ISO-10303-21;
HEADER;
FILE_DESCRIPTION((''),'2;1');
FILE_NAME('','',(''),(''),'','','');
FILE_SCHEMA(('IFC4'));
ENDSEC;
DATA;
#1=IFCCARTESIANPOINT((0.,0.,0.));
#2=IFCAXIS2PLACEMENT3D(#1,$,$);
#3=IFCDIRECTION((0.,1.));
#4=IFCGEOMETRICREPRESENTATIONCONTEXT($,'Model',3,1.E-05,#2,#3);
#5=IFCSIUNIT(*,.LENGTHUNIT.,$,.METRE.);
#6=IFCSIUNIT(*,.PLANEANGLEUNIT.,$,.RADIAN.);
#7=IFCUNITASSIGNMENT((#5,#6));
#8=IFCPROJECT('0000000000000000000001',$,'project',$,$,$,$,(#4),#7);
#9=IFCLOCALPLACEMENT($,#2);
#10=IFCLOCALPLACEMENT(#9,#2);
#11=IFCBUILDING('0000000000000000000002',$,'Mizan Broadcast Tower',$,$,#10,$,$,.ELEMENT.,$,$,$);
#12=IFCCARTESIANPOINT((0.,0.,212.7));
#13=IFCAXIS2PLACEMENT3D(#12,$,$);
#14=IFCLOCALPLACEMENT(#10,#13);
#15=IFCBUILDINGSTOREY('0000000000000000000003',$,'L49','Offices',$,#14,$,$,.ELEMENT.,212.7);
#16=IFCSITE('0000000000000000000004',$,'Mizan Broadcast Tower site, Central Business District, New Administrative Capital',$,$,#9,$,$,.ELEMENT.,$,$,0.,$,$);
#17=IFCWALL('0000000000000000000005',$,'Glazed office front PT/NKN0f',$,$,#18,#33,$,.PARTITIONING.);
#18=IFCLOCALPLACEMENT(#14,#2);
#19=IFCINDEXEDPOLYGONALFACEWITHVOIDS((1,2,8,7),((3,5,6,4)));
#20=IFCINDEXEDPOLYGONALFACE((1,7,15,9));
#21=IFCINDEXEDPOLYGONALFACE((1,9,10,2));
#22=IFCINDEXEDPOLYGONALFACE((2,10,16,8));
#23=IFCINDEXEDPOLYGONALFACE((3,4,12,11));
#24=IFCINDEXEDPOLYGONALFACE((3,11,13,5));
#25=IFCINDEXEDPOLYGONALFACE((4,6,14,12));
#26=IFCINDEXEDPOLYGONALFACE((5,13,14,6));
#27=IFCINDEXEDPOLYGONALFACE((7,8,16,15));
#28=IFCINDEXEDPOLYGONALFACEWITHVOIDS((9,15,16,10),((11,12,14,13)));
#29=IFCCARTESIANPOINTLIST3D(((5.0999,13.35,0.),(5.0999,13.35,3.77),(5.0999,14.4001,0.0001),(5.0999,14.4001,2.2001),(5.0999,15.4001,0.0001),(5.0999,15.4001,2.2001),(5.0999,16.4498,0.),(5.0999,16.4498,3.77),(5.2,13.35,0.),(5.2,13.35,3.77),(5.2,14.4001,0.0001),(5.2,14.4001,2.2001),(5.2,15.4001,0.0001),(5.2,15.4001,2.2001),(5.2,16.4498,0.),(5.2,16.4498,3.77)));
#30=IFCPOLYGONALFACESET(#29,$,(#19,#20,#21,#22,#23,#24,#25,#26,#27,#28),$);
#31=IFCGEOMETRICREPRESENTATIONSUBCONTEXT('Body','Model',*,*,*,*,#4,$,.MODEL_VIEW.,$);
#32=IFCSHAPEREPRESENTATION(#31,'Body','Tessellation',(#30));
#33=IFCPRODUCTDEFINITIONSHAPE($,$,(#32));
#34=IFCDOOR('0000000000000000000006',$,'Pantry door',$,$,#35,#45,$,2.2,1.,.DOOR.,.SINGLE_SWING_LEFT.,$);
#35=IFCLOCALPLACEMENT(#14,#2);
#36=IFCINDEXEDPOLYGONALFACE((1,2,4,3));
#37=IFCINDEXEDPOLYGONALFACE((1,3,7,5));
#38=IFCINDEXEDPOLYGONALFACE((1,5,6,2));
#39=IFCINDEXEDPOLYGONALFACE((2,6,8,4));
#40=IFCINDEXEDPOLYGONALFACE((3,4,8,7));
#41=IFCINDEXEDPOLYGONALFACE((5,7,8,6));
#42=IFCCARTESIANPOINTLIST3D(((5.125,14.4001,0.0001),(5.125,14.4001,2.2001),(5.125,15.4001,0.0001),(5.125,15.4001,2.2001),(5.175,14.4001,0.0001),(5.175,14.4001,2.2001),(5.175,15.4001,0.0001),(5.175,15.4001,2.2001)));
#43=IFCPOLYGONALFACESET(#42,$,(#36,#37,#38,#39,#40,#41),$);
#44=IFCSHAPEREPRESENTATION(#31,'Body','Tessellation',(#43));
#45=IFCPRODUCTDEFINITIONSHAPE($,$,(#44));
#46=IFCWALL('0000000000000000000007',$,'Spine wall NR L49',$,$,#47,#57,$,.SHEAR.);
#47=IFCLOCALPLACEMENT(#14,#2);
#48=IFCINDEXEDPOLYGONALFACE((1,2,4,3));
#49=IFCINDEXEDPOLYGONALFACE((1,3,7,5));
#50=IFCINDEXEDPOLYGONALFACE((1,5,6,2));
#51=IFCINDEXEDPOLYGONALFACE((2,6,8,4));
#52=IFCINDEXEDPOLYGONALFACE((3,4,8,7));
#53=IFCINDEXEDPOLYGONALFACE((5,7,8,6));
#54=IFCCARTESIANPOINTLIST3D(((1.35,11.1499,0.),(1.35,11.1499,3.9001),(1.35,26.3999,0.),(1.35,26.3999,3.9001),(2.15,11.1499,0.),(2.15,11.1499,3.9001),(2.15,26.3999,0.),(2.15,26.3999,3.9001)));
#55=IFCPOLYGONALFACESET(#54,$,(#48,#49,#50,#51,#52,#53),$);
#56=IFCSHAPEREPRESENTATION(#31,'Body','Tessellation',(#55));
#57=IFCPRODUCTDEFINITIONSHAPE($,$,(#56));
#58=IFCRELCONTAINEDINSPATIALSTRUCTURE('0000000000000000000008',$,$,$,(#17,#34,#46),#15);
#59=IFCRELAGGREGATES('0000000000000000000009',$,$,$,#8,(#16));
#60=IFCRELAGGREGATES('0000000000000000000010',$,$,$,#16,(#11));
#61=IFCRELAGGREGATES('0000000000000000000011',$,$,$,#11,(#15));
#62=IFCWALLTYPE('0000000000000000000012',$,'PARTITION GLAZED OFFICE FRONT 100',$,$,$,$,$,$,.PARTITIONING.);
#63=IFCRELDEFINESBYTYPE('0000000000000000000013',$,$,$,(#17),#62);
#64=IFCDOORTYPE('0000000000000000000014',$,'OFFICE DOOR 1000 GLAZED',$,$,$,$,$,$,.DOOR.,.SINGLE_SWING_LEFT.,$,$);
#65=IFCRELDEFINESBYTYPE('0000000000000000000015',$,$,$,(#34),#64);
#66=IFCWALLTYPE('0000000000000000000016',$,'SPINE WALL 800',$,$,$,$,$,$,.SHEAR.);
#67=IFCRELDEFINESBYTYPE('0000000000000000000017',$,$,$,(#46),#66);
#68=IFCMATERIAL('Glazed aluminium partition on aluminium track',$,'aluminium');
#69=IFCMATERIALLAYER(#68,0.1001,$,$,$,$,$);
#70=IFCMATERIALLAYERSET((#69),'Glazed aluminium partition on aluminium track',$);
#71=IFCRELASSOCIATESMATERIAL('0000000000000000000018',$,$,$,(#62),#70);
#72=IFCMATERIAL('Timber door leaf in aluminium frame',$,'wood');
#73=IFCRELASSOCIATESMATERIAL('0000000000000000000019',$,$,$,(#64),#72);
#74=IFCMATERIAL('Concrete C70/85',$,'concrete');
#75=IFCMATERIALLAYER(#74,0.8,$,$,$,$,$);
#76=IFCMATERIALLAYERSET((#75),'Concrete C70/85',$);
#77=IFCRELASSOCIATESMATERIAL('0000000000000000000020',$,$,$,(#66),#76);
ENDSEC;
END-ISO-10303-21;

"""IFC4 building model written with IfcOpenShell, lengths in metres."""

from ifc_helpers import new_model, si_unit, direction, frame, frame_2d, origin, place, context, subcontext, project, spatial, rectangle, extrude, material, layer, layer_set, type_object, element, fill, save


model = new_model("IFC4")

# Units and contexts
model_context = context("Model", 3, precision=1e-05, world=origin(), true_north=direction((0.0, 1.0)))
body_context = subcontext(model_context, "Body", "Model", "MODEL_VIEW")
ifc_project = project(units=[si_unit("LENGTHUNIT", "METRE"), si_unit("PLANEANGLEUNIT", "RADIAN")], contexts=[model_context])

# Site, building, storey
site_placement = place(None, origin())
site = spatial("IfcSite", under=ifc_project, at=site_placement, Name="Mizan Broadcast Tower site, Central Business District, New Administrative Capital", CompositionType="ELEMENT", RefElevation=0.0)
building_placement = place(site_placement, origin())
building = spatial("IfcBuilding", under=site, at=building_placement, Name="Mizan Broadcast Tower", CompositionType="ELEMENT")
storey_placement = place(building_placement, frame((0.0, 0.0, 212.7)))
storey = spatial("IfcBuildingStorey", under=building, at=storey_placement, Name="L49", Description="Offices", CompositionType="ELEMENT", Elevation=212.7)

# Shared definitions
ifc_material_1 = material(Name="Glazed aluminium partition on aluminium track", Category="aluminium")
ifc_layer_1 = layer(ifc_material_1, 0.1001)
ifc_layer_set_1 = layer_set([ifc_layer_1], Name="Glazed aluminium partition on aluminium track")
wall_type_1 = type_object("IfcWallType", Name="PARTITION GLAZED OFFICE FRONT 100", PredefinedType="PARTITIONING", material=ifc_layer_set_1)

# Wall, opening, door
wall_1_placement = place(storey_placement, frame((5.1499, 13.3501, 0.0), z_axis=(0.0, 0.0, 1.0), x_axis=(0.0, 1.0, 0.0)))
wall_1 = element("IfcWall", 1, at=wall_1_placement, inside=storey, type_object=wall_type_1, Name="Glazed office front PT/NKN0f", PredefinedType="PARTITIONING", context=body_context, shape_type="SweptSolid", body=[
    extrude(rectangle(XDim=3.0999, YDim=0.1001, at=frame_2d((1.5498, 0.0))), origin(), (0.0, 0.0, 1.0), 3.77),
])
opening_1_placement = place(wall_1_placement, frame((1.05, 0.0, 0.0)))
opening_1 = element("IfcOpeningElement", 2, at=opening_1_placement, cuts=wall_1, PredefinedType="OPENING", context=body_context, shape_type="SweptSolid", body=[
    extrude(rectangle(XDim=1.0, YDim=2.2, at=frame_2d((0.5, 1.1001))), frame((0.0, 0.0601, 0.0), z_axis=(0.0, -1.0, 0.0), x_axis=(1.0, 0.0, 0.0)), (0.0, 0.0, 1.0), 0.1201),
])
ifc_material_2 = material(Name="Timber door leaf in aluminium frame", Category="wood")
door_type_1 = type_object("IfcDoorType", Name="OFFICE DOOR 1000 GLAZED", OperationType="SINGLE_SWING_LEFT", PredefinedType="DOOR", material=ifc_material_2)
door_1_placement = place(opening_1_placement, origin())
door_1 = element("IfcDoor", 3, at=door_1_placement, inside=storey, type_object=door_type_1, Name="Pantry door", OperationType="SINGLE_SWING_LEFT", OverallHeight=2.2, OverallWidth=1.0, PredefinedType="DOOR", context=body_context, shape_type="SweptSolid", body=[
    extrude(rectangle(XDim=1.0, YDim=2.2, at=frame_2d((0.5, 1.1001))), frame((0.0, 0.0249, 0.0), z_axis=(0.0, -1.0, 0.0), x_axis=(1.0, 0.0, 0.0)), (0.0, 0.0, 1.0), 0.05),
])
fill(opening_1, door_1)

# Wall
ifc_material_3 = material(Name="Concrete C70/85", Category="concrete")
ifc_layer_2 = layer(ifc_material_3, 0.8)
ifc_layer_set_2 = layer_set([ifc_layer_2], Name="Concrete C70/85")
wall_type_2 = type_object("IfcWallType", Name="SPINE WALL 800", PredefinedType="SHEAR", material=ifc_layer_set_2)
wall_2_placement = place(storey_placement, frame((1.75, 11.1499, 0.0), z_axis=(0.0, 0.0, 1.0), x_axis=(0.0, 1.0, 0.0)))
element("IfcWall", 4, at=wall_2_placement, inside=storey, type_object=wall_type_2, Name="Spine wall NR L49", PredefinedType="SHEAR", context=body_context, shape_type="SweptSolid", body=[
    extrude(rectangle(XDim=15.25, YDim=0.8, at=frame_2d((7.625, 0.0))), origin(), (0.0, 0.0, 1.0), 3.9001),
])

save(model, "model.ifc")
